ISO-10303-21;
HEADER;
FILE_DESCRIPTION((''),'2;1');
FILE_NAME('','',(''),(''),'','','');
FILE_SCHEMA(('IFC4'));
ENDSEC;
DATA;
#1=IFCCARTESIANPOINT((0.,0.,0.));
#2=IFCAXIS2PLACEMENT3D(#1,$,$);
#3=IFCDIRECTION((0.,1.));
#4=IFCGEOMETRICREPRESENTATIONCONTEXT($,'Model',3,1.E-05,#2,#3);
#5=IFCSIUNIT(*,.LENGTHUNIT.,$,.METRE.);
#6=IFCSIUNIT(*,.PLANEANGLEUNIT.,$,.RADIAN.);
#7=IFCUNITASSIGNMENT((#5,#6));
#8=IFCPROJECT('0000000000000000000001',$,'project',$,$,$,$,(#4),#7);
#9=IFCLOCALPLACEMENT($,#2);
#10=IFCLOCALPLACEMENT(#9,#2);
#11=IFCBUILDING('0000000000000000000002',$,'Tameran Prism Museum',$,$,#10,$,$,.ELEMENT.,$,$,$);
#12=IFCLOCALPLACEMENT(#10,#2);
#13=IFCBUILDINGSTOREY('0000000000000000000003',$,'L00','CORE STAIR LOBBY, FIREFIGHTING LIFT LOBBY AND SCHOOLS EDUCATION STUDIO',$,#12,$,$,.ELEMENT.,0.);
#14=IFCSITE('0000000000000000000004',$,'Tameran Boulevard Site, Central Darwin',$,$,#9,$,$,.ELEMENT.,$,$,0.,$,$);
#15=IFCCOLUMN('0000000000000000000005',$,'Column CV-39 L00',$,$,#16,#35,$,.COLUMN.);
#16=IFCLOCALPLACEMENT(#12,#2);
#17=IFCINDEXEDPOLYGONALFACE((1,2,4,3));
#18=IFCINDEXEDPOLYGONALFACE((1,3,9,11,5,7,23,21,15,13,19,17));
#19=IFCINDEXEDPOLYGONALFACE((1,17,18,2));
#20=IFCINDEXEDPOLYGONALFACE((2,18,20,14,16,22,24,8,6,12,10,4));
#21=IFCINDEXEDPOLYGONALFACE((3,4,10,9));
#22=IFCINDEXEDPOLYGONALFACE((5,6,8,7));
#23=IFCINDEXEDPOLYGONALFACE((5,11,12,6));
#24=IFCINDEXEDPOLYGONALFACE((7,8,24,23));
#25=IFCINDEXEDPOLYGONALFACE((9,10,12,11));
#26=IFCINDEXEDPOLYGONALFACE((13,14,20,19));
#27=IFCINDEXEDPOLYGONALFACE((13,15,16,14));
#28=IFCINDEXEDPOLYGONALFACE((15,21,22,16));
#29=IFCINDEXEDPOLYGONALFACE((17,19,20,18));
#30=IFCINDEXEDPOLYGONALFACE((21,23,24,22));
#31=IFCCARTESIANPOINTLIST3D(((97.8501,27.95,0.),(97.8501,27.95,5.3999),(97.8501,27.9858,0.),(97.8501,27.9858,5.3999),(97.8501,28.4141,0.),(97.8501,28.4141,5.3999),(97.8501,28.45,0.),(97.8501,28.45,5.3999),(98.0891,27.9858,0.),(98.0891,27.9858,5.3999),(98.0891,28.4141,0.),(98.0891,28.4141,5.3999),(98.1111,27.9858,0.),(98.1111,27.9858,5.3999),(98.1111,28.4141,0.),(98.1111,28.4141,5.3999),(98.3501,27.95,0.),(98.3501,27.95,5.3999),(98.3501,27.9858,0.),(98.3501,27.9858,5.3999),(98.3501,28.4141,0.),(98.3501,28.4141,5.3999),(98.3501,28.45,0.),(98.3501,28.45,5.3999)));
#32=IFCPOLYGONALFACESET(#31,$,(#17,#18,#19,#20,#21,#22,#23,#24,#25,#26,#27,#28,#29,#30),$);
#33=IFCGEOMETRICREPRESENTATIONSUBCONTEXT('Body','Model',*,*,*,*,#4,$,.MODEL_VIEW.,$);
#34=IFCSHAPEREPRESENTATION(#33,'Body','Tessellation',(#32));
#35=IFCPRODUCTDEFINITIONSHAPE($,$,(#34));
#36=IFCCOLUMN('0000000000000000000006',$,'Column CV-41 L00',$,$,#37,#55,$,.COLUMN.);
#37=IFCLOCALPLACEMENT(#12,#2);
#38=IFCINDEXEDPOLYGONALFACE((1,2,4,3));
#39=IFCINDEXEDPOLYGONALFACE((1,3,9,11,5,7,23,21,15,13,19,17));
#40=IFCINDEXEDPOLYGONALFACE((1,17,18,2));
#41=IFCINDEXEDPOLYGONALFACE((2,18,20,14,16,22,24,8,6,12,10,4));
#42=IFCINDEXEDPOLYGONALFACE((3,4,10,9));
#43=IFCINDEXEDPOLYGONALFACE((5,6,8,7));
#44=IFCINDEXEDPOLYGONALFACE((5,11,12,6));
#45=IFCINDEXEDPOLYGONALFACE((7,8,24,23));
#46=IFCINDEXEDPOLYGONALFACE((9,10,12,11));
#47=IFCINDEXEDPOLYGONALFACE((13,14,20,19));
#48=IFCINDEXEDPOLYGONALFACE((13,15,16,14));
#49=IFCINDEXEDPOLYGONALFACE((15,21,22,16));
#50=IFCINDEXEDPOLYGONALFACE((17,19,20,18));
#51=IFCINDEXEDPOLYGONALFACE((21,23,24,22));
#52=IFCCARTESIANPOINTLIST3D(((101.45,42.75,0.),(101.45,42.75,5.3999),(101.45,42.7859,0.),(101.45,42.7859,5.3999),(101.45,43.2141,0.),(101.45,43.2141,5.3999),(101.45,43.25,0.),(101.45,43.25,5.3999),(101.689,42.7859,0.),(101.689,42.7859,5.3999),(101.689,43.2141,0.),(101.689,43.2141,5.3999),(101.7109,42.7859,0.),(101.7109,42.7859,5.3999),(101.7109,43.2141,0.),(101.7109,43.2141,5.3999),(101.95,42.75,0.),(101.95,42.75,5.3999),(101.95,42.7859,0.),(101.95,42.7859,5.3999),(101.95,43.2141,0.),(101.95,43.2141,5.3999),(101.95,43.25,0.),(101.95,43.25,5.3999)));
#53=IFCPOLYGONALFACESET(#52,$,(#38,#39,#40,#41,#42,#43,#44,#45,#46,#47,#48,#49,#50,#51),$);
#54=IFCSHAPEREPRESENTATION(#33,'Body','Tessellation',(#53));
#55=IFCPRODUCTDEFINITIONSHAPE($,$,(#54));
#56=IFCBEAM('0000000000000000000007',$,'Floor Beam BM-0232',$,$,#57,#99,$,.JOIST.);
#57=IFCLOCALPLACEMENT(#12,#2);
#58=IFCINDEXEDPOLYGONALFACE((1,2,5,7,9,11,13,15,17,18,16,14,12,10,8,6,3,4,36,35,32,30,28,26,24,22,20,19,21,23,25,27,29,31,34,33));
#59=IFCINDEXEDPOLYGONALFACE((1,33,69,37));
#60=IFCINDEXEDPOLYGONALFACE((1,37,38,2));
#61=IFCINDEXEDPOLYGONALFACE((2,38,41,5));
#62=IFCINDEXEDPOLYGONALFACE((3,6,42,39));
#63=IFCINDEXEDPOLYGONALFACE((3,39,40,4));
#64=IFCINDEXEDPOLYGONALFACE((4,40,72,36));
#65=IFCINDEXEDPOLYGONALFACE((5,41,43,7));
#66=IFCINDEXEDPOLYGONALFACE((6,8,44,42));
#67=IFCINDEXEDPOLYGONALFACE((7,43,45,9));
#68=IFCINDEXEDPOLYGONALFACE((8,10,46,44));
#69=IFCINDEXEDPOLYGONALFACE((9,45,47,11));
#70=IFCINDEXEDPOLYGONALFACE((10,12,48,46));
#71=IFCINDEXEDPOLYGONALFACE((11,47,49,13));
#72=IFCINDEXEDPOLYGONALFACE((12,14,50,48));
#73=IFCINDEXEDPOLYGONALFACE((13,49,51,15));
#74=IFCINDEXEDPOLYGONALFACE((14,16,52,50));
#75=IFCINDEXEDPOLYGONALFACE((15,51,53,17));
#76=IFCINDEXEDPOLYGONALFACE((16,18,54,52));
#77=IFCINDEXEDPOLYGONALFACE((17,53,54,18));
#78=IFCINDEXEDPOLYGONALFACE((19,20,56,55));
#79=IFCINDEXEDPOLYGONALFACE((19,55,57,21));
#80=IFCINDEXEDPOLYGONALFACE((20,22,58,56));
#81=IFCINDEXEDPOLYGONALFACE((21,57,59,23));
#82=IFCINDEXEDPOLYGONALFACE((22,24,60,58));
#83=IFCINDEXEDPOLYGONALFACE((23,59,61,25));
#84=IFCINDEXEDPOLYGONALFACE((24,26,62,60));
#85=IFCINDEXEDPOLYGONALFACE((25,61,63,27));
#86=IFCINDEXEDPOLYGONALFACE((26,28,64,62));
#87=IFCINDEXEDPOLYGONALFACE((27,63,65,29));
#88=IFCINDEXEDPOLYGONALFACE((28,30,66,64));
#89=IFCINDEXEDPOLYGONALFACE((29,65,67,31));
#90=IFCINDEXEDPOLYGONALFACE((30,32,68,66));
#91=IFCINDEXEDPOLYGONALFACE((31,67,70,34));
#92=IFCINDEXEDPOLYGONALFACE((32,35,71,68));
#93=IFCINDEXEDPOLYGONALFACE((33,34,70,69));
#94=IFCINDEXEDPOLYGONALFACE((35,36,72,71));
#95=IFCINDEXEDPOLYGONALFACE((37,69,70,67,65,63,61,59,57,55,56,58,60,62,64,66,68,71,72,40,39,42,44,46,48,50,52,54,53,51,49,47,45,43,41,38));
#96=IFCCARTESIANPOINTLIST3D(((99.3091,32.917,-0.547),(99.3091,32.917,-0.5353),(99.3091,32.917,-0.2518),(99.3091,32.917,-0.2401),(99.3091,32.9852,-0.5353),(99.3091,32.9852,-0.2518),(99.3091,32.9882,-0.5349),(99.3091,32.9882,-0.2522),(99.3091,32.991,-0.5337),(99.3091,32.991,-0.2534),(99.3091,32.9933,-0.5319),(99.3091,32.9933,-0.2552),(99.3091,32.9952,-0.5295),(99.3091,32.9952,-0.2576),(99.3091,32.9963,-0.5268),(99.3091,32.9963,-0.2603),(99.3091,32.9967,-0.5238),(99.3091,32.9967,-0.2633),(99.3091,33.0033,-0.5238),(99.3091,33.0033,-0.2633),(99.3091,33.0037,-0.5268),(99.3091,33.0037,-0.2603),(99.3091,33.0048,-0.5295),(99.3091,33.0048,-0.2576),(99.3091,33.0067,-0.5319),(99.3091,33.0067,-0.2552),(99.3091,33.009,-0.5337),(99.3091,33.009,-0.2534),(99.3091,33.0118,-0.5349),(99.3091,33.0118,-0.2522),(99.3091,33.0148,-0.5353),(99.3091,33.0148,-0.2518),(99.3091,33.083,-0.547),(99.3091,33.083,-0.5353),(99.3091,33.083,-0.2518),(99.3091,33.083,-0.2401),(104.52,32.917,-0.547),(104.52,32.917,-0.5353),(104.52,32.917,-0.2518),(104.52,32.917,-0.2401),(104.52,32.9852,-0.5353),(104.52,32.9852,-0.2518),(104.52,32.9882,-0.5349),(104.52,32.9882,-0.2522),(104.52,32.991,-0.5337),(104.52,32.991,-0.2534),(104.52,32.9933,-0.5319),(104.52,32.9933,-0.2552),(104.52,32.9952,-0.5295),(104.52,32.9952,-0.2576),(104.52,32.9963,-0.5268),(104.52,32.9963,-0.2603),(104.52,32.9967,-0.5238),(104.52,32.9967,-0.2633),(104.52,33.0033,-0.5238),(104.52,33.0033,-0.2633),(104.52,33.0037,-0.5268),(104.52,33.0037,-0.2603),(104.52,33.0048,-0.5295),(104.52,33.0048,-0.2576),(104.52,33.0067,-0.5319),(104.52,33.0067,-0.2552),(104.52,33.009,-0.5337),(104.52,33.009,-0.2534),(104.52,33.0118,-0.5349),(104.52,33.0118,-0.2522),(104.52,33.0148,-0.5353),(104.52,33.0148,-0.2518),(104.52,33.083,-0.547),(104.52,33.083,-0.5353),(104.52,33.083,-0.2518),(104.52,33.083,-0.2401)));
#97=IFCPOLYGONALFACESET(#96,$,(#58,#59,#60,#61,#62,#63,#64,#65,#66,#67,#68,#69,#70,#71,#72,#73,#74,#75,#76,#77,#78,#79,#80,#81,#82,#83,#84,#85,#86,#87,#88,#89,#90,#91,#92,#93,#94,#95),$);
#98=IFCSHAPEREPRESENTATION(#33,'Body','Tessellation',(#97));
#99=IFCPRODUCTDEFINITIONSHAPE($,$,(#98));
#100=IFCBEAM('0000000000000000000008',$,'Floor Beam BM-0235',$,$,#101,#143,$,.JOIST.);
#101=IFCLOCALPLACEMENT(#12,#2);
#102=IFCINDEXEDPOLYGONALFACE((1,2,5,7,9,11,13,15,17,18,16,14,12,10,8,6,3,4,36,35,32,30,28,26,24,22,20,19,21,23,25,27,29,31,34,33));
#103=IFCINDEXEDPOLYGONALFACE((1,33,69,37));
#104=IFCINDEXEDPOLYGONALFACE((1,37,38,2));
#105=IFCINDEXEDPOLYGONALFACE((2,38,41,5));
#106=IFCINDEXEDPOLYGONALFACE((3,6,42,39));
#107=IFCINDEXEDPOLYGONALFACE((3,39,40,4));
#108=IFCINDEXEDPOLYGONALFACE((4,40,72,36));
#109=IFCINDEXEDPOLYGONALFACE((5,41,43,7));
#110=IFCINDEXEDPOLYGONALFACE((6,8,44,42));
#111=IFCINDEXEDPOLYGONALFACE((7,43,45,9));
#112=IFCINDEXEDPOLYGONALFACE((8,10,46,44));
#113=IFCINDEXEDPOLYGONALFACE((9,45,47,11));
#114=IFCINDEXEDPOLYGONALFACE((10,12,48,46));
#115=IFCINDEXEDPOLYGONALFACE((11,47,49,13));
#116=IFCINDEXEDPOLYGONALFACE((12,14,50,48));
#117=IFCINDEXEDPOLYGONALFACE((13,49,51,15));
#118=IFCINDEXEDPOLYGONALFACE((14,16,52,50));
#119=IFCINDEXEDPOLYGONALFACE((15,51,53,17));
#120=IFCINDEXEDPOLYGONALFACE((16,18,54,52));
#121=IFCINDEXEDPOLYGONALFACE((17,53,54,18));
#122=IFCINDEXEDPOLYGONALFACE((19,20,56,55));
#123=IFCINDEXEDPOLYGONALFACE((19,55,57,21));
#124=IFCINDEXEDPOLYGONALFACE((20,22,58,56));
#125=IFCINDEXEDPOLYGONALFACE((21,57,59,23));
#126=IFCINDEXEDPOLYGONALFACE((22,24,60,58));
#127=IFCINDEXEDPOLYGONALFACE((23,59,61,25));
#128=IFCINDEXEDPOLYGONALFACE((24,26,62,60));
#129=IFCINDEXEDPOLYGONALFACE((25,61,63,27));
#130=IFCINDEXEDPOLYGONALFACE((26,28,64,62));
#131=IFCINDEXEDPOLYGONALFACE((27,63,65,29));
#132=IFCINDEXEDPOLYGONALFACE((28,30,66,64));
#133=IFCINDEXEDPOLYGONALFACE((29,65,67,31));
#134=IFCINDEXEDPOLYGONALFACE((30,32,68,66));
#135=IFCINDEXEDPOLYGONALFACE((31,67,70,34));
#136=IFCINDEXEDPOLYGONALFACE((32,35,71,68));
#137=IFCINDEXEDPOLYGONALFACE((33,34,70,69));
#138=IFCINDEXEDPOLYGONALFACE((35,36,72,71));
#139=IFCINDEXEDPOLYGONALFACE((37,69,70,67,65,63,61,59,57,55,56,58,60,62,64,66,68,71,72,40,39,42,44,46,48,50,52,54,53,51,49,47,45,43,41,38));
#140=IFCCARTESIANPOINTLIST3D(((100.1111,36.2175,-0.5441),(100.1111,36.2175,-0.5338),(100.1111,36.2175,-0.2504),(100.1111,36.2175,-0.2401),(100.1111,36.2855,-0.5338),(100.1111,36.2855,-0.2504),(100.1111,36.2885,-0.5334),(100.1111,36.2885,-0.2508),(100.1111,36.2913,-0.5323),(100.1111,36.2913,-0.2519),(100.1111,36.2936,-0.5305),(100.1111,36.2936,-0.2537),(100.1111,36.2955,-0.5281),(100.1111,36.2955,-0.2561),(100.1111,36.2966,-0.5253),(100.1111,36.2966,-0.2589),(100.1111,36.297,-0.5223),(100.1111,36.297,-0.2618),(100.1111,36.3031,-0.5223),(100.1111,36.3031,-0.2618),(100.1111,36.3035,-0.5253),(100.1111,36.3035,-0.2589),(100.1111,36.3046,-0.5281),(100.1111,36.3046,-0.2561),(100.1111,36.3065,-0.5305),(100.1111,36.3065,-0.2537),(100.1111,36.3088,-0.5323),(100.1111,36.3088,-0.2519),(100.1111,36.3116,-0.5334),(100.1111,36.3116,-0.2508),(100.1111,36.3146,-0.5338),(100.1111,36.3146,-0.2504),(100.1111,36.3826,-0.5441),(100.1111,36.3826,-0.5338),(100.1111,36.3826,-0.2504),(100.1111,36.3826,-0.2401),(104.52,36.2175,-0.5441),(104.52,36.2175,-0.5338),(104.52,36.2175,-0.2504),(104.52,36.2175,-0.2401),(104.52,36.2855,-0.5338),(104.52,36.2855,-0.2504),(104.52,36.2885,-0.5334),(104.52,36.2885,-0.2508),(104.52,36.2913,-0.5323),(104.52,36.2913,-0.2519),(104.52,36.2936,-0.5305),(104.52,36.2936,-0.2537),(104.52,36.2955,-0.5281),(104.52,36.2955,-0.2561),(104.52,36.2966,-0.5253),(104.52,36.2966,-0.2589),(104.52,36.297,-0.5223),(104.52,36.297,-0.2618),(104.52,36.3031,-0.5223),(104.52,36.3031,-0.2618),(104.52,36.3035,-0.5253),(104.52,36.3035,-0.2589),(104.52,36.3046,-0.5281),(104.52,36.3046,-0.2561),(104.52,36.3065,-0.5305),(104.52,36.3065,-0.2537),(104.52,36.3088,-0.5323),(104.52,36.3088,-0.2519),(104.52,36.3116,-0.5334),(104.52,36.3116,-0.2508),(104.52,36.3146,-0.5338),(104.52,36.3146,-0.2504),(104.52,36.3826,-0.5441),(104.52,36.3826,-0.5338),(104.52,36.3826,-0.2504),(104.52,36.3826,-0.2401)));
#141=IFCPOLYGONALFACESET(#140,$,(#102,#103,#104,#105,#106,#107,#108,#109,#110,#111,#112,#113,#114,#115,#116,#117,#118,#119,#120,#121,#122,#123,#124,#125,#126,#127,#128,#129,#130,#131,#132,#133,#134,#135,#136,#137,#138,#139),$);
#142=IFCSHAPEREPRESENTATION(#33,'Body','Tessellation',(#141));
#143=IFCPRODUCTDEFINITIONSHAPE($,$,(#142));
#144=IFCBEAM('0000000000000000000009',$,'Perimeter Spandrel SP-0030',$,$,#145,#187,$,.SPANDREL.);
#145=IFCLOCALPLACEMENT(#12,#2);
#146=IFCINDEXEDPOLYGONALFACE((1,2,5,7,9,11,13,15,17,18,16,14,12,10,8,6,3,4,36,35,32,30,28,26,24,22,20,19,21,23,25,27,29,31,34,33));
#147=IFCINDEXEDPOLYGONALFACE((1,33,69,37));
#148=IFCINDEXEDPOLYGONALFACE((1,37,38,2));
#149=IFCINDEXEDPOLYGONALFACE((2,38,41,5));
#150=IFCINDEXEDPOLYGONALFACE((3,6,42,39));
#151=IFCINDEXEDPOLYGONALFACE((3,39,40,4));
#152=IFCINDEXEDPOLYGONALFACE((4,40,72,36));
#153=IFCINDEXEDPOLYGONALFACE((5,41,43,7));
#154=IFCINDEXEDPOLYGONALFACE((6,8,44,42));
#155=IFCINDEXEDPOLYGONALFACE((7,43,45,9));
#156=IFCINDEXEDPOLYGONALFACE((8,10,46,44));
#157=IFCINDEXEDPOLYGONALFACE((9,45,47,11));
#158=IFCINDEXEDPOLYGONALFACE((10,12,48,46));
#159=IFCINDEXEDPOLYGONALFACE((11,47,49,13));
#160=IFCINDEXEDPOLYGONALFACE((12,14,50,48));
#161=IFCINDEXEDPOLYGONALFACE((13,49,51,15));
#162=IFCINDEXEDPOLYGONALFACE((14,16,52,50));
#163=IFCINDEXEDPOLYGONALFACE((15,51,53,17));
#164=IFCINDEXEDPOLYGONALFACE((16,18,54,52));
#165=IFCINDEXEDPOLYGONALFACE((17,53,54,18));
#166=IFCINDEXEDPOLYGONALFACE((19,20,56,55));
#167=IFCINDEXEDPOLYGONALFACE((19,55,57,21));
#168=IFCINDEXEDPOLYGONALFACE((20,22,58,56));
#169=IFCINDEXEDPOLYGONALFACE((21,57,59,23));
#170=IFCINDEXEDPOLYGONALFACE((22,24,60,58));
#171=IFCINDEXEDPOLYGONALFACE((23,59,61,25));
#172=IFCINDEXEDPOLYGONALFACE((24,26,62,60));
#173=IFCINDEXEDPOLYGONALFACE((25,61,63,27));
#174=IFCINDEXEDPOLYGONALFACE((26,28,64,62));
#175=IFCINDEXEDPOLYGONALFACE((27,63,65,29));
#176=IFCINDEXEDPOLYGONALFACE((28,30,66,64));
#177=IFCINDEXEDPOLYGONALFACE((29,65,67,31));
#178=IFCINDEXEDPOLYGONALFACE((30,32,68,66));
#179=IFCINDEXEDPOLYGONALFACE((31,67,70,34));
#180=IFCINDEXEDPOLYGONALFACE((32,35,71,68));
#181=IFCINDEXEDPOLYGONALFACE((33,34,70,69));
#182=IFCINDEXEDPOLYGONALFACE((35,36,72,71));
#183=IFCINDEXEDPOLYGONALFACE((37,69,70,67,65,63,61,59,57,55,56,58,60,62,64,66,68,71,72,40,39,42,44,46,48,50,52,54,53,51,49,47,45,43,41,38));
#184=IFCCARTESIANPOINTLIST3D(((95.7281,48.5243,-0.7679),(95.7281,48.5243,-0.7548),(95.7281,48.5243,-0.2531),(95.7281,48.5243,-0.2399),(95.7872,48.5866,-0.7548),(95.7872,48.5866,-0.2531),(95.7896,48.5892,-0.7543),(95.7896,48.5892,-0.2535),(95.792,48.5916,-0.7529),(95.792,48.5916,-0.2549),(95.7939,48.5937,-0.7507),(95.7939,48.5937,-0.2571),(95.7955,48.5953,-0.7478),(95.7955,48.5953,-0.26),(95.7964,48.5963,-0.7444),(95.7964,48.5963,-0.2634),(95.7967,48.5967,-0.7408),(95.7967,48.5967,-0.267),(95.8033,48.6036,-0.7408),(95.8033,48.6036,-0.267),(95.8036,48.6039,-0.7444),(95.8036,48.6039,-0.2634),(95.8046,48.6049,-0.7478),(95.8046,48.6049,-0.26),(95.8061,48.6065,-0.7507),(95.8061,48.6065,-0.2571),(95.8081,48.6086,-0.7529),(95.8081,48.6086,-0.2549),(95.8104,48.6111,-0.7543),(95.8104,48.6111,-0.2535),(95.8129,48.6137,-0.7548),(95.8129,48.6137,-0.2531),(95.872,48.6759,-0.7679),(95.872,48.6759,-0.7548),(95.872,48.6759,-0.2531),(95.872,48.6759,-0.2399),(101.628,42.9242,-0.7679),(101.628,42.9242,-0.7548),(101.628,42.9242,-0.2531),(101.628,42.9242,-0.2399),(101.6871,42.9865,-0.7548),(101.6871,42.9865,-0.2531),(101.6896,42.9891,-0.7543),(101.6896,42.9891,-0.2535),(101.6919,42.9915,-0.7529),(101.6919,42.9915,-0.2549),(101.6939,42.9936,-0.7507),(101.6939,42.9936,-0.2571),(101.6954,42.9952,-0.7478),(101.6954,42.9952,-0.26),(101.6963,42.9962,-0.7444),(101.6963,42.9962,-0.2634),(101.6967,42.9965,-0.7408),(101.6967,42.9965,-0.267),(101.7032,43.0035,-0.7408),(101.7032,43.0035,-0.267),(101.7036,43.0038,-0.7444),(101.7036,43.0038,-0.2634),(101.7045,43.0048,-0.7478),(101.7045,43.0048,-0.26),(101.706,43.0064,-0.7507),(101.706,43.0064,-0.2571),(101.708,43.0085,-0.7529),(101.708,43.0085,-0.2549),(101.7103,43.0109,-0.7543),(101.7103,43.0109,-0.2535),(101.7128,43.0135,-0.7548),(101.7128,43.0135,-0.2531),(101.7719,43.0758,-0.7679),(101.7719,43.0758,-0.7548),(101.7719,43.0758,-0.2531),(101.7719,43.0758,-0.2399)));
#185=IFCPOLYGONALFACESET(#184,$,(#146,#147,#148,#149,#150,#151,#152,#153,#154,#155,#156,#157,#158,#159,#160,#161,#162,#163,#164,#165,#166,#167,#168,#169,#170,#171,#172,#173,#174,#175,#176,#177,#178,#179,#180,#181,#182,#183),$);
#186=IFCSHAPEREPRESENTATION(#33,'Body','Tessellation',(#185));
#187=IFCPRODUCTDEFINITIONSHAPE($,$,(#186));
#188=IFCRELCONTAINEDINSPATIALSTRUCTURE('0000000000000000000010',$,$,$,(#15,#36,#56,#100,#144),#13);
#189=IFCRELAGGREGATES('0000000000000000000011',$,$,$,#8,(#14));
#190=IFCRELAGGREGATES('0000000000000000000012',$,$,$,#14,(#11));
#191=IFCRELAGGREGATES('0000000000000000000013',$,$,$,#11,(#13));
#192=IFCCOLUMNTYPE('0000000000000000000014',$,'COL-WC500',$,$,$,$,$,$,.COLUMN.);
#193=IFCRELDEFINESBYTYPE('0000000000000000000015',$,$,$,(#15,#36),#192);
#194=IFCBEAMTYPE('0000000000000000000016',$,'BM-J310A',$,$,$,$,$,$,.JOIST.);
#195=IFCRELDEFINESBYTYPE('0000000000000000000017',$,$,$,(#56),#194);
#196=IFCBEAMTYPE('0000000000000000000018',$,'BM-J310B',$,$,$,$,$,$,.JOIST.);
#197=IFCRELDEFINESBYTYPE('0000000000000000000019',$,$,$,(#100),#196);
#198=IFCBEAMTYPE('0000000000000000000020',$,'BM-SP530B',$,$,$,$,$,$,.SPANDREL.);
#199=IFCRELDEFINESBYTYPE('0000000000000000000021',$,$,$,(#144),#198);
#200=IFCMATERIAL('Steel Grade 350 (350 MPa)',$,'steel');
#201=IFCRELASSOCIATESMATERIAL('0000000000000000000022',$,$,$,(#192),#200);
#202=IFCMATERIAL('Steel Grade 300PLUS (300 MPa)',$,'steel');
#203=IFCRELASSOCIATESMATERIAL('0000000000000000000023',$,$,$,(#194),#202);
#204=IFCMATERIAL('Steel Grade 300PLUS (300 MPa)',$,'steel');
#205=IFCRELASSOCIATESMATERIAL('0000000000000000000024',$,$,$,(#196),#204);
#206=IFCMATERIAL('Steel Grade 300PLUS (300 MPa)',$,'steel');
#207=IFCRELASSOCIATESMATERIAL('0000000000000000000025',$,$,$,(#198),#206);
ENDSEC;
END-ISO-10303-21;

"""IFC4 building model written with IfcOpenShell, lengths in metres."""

from ifc_helpers import new_model, si_unit, direction, frame, origin, origin_2d, place, context, subcontext, project, spatial, i_section, extrude, material, material_profile, profile_set, type_object, element, save


model = new_model("IFC4")

# Units and contexts
model_context = context("Model", 3, precision=1e-05, world=origin(), true_north=direction((0.0, 1.0)))
body_context = subcontext(model_context, "Body", "Model", "MODEL_VIEW")
ifc_project = project(units=[si_unit("LENGTHUNIT", "METRE"), si_unit("PLANEANGLEUNIT", "RADIAN")], contexts=[model_context])

# Site, building, storey
site_placement = place(None, origin())
site = spatial("IfcSite", under=ifc_project, at=site_placement, Name="Tameran Boulevard Site, Central Darwin", CompositionType="ELEMENT", RefElevation=0.0)
building_placement = place(site_placement, origin())
building = spatial("IfcBuilding", under=site, at=building_placement, Name="Tameran Prism Museum", CompositionType="ELEMENT")
storey_placement = place(building_placement, origin())
storey = spatial("IfcBuildingStorey", under=building, at=storey_placement, Name="L00", Description="CORE STAIR LOBBY, FIREFIGHTING LIFT LOBBY AND SCHOOLS EDUCATION STUDIO", CompositionType="ELEMENT", Elevation=0.0)

# Columns
ifc_material_1 = material(Name="Steel Grade 350 (350 MPa)", Category="steel")
ifc_material_profile_1 = material_profile(ifc_material_1, i_section(OverallWidth=0.5, OverallDepth=0.5, WebThickness=0.022, FlangeThickness=0.0359, at=origin_2d()))
ifc_profile_set_1 = profile_set([ifc_material_profile_1])
column_type = type_object("IfcColumnType", Name="COL-WC500", PredefinedType="COLUMN", material=ifc_profile_set_1)
for number, where, z_axis, x_axis, name in (
    (1, (98.1001, 28.2, 0.0), (0.0, 0.0, 1.0), (1.0, 0.0, 0.0), "Column CV-39 L00"),
    (2, (101.7, 43.0, 0.0), (0.0, 0.0, 1.0), (1.0, 0.0, 0.0), "Column CV-41 L00"),
):
    element("IfcColumn", number, at=place(storey_placement, frame(where, z_axis=z_axis, x_axis=x_axis)), inside=storey, type_object=column_type, Name=name, PredefinedType="COLUMN", context=body_context, shape_type="SweptSolid", body=[
        extrude(i_section(OverallWidth=0.5, OverallDepth=0.5, WebThickness=0.022, FlangeThickness=0.0359, at=origin_2d()), origin(), (0.0, 0.0, 1.0), 5.3999),
    ])

# Beams
ifc_material_2 = material(Name="Steel Grade 300PLUS (300 MPa)", Category="steel")
ifc_material_profile_2 = material_profile(ifc_material_2, i_section(OverallWidth=0.166, OverallDepth=0.3069, WebThickness=0.0066, FlangeThickness=0.0117, FilletRadius=0.0115, at=origin_2d()))
ifc_profile_set_2 = profile_set([ifc_material_profile_2])
beam_type_1 = type_object("IfcBeamType", Name="BM-J310A", PredefinedType="JOIST", material=ifc_profile_set_2)
beam_1_placement = place(storey_placement, frame((99.3091, 33.0, -0.3936), z_axis=(1.0, 0.0, 0.0), x_axis=(0.0, 1.0, 0.0)))
element("IfcBeam", 3, at=beam_1_placement, inside=storey, type_object=beam_type_1, Name="Floor Beam BM-0232", PredefinedType="JOIST", context=body_context, shape_type="SweptSolid", body=[
    extrude(i_section(OverallWidth=0.166, OverallDepth=0.3069, WebThickness=0.0066, FlangeThickness=0.0117, FilletRadius=0.0115, at=origin_2d()), origin(), (0.0, 0.0, 1.0), 5.2109),
])
ifc_material_3 = material(Name="Steel Grade 300PLUS (300 MPa)", Category="steel")
ifc_material_profile_3 = material_profile(ifc_material_3, i_section(OverallWidth=0.165, OverallDepth=0.304, WebThickness=0.0061, FlangeThickness=0.0103, FilletRadius=0.0115, at=origin_2d()))
ifc_profile_set_3 = profile_set([ifc_material_profile_3])
beam_type_2 = type_object("IfcBeamType", Name="BM-J310B", PredefinedType="JOIST", material=ifc_profile_set_3)
beam_2_placement = place(storey_placement, frame((100.1111, 36.3, -0.3921), z_axis=(1.0, 0.0, 0.0), x_axis=(0.0, 1.0, 0.0)))
element("IfcBeam", 4, at=beam_2_placement, inside=storey, type_object=beam_type_2, Name="Floor Beam BM-0235", PredefinedType="JOIST", context=body_context, shape_type="SweptSolid", body=[
    extrude(i_section(OverallWidth=0.165, OverallDepth=0.304, WebThickness=0.0061, FlangeThickness=0.0103, FilletRadius=0.0115, at=origin_2d()), origin(), (0.0, 0.0, 1.0), 4.4089),
])
ifc_material_4 = material(Name="Steel Grade 300PLUS (300 MPa)", Category="steel")
ifc_material_profile_4 = material_profile(ifc_material_4, i_section(OverallWidth=0.209, OverallDepth=0.5281, WebThickness=0.0095, FlangeThickness=0.0132, FilletRadius=0.0139, at=origin_2d()))
ifc_profile_set_4 = profile_set([ifc_material_profile_4])
beam_type_3 = type_object("IfcBeamType", Name="BM-SP530B", PredefinedType="SPANDREL", material=ifc_profile_set_4)
beam_3_placement = place(storey_placement, frame((101.7, 43.0, -0.5039), z_axis=(-0.725295, 0.688439, 0.0), x_axis=(-0.688439, -0.725295, 0.0)))
element("IfcBeam", 5, at=beam_3_placement, inside=storey, type_object=beam_type_3, Name="Perimeter Spandrel SP-0030", PredefinedType="SPANDREL", context=body_context, shape_type="SweptSolid", body=[
    extrude(i_section(OverallWidth=0.209, OverallDepth=0.5281, WebThickness=0.0095, FlangeThickness=0.0132, FilletRadius=0.0139, at=origin_2d()), origin(), (0.0, 0.0, 1.0), 8.1345),
])

save(model, "model.ifc")
